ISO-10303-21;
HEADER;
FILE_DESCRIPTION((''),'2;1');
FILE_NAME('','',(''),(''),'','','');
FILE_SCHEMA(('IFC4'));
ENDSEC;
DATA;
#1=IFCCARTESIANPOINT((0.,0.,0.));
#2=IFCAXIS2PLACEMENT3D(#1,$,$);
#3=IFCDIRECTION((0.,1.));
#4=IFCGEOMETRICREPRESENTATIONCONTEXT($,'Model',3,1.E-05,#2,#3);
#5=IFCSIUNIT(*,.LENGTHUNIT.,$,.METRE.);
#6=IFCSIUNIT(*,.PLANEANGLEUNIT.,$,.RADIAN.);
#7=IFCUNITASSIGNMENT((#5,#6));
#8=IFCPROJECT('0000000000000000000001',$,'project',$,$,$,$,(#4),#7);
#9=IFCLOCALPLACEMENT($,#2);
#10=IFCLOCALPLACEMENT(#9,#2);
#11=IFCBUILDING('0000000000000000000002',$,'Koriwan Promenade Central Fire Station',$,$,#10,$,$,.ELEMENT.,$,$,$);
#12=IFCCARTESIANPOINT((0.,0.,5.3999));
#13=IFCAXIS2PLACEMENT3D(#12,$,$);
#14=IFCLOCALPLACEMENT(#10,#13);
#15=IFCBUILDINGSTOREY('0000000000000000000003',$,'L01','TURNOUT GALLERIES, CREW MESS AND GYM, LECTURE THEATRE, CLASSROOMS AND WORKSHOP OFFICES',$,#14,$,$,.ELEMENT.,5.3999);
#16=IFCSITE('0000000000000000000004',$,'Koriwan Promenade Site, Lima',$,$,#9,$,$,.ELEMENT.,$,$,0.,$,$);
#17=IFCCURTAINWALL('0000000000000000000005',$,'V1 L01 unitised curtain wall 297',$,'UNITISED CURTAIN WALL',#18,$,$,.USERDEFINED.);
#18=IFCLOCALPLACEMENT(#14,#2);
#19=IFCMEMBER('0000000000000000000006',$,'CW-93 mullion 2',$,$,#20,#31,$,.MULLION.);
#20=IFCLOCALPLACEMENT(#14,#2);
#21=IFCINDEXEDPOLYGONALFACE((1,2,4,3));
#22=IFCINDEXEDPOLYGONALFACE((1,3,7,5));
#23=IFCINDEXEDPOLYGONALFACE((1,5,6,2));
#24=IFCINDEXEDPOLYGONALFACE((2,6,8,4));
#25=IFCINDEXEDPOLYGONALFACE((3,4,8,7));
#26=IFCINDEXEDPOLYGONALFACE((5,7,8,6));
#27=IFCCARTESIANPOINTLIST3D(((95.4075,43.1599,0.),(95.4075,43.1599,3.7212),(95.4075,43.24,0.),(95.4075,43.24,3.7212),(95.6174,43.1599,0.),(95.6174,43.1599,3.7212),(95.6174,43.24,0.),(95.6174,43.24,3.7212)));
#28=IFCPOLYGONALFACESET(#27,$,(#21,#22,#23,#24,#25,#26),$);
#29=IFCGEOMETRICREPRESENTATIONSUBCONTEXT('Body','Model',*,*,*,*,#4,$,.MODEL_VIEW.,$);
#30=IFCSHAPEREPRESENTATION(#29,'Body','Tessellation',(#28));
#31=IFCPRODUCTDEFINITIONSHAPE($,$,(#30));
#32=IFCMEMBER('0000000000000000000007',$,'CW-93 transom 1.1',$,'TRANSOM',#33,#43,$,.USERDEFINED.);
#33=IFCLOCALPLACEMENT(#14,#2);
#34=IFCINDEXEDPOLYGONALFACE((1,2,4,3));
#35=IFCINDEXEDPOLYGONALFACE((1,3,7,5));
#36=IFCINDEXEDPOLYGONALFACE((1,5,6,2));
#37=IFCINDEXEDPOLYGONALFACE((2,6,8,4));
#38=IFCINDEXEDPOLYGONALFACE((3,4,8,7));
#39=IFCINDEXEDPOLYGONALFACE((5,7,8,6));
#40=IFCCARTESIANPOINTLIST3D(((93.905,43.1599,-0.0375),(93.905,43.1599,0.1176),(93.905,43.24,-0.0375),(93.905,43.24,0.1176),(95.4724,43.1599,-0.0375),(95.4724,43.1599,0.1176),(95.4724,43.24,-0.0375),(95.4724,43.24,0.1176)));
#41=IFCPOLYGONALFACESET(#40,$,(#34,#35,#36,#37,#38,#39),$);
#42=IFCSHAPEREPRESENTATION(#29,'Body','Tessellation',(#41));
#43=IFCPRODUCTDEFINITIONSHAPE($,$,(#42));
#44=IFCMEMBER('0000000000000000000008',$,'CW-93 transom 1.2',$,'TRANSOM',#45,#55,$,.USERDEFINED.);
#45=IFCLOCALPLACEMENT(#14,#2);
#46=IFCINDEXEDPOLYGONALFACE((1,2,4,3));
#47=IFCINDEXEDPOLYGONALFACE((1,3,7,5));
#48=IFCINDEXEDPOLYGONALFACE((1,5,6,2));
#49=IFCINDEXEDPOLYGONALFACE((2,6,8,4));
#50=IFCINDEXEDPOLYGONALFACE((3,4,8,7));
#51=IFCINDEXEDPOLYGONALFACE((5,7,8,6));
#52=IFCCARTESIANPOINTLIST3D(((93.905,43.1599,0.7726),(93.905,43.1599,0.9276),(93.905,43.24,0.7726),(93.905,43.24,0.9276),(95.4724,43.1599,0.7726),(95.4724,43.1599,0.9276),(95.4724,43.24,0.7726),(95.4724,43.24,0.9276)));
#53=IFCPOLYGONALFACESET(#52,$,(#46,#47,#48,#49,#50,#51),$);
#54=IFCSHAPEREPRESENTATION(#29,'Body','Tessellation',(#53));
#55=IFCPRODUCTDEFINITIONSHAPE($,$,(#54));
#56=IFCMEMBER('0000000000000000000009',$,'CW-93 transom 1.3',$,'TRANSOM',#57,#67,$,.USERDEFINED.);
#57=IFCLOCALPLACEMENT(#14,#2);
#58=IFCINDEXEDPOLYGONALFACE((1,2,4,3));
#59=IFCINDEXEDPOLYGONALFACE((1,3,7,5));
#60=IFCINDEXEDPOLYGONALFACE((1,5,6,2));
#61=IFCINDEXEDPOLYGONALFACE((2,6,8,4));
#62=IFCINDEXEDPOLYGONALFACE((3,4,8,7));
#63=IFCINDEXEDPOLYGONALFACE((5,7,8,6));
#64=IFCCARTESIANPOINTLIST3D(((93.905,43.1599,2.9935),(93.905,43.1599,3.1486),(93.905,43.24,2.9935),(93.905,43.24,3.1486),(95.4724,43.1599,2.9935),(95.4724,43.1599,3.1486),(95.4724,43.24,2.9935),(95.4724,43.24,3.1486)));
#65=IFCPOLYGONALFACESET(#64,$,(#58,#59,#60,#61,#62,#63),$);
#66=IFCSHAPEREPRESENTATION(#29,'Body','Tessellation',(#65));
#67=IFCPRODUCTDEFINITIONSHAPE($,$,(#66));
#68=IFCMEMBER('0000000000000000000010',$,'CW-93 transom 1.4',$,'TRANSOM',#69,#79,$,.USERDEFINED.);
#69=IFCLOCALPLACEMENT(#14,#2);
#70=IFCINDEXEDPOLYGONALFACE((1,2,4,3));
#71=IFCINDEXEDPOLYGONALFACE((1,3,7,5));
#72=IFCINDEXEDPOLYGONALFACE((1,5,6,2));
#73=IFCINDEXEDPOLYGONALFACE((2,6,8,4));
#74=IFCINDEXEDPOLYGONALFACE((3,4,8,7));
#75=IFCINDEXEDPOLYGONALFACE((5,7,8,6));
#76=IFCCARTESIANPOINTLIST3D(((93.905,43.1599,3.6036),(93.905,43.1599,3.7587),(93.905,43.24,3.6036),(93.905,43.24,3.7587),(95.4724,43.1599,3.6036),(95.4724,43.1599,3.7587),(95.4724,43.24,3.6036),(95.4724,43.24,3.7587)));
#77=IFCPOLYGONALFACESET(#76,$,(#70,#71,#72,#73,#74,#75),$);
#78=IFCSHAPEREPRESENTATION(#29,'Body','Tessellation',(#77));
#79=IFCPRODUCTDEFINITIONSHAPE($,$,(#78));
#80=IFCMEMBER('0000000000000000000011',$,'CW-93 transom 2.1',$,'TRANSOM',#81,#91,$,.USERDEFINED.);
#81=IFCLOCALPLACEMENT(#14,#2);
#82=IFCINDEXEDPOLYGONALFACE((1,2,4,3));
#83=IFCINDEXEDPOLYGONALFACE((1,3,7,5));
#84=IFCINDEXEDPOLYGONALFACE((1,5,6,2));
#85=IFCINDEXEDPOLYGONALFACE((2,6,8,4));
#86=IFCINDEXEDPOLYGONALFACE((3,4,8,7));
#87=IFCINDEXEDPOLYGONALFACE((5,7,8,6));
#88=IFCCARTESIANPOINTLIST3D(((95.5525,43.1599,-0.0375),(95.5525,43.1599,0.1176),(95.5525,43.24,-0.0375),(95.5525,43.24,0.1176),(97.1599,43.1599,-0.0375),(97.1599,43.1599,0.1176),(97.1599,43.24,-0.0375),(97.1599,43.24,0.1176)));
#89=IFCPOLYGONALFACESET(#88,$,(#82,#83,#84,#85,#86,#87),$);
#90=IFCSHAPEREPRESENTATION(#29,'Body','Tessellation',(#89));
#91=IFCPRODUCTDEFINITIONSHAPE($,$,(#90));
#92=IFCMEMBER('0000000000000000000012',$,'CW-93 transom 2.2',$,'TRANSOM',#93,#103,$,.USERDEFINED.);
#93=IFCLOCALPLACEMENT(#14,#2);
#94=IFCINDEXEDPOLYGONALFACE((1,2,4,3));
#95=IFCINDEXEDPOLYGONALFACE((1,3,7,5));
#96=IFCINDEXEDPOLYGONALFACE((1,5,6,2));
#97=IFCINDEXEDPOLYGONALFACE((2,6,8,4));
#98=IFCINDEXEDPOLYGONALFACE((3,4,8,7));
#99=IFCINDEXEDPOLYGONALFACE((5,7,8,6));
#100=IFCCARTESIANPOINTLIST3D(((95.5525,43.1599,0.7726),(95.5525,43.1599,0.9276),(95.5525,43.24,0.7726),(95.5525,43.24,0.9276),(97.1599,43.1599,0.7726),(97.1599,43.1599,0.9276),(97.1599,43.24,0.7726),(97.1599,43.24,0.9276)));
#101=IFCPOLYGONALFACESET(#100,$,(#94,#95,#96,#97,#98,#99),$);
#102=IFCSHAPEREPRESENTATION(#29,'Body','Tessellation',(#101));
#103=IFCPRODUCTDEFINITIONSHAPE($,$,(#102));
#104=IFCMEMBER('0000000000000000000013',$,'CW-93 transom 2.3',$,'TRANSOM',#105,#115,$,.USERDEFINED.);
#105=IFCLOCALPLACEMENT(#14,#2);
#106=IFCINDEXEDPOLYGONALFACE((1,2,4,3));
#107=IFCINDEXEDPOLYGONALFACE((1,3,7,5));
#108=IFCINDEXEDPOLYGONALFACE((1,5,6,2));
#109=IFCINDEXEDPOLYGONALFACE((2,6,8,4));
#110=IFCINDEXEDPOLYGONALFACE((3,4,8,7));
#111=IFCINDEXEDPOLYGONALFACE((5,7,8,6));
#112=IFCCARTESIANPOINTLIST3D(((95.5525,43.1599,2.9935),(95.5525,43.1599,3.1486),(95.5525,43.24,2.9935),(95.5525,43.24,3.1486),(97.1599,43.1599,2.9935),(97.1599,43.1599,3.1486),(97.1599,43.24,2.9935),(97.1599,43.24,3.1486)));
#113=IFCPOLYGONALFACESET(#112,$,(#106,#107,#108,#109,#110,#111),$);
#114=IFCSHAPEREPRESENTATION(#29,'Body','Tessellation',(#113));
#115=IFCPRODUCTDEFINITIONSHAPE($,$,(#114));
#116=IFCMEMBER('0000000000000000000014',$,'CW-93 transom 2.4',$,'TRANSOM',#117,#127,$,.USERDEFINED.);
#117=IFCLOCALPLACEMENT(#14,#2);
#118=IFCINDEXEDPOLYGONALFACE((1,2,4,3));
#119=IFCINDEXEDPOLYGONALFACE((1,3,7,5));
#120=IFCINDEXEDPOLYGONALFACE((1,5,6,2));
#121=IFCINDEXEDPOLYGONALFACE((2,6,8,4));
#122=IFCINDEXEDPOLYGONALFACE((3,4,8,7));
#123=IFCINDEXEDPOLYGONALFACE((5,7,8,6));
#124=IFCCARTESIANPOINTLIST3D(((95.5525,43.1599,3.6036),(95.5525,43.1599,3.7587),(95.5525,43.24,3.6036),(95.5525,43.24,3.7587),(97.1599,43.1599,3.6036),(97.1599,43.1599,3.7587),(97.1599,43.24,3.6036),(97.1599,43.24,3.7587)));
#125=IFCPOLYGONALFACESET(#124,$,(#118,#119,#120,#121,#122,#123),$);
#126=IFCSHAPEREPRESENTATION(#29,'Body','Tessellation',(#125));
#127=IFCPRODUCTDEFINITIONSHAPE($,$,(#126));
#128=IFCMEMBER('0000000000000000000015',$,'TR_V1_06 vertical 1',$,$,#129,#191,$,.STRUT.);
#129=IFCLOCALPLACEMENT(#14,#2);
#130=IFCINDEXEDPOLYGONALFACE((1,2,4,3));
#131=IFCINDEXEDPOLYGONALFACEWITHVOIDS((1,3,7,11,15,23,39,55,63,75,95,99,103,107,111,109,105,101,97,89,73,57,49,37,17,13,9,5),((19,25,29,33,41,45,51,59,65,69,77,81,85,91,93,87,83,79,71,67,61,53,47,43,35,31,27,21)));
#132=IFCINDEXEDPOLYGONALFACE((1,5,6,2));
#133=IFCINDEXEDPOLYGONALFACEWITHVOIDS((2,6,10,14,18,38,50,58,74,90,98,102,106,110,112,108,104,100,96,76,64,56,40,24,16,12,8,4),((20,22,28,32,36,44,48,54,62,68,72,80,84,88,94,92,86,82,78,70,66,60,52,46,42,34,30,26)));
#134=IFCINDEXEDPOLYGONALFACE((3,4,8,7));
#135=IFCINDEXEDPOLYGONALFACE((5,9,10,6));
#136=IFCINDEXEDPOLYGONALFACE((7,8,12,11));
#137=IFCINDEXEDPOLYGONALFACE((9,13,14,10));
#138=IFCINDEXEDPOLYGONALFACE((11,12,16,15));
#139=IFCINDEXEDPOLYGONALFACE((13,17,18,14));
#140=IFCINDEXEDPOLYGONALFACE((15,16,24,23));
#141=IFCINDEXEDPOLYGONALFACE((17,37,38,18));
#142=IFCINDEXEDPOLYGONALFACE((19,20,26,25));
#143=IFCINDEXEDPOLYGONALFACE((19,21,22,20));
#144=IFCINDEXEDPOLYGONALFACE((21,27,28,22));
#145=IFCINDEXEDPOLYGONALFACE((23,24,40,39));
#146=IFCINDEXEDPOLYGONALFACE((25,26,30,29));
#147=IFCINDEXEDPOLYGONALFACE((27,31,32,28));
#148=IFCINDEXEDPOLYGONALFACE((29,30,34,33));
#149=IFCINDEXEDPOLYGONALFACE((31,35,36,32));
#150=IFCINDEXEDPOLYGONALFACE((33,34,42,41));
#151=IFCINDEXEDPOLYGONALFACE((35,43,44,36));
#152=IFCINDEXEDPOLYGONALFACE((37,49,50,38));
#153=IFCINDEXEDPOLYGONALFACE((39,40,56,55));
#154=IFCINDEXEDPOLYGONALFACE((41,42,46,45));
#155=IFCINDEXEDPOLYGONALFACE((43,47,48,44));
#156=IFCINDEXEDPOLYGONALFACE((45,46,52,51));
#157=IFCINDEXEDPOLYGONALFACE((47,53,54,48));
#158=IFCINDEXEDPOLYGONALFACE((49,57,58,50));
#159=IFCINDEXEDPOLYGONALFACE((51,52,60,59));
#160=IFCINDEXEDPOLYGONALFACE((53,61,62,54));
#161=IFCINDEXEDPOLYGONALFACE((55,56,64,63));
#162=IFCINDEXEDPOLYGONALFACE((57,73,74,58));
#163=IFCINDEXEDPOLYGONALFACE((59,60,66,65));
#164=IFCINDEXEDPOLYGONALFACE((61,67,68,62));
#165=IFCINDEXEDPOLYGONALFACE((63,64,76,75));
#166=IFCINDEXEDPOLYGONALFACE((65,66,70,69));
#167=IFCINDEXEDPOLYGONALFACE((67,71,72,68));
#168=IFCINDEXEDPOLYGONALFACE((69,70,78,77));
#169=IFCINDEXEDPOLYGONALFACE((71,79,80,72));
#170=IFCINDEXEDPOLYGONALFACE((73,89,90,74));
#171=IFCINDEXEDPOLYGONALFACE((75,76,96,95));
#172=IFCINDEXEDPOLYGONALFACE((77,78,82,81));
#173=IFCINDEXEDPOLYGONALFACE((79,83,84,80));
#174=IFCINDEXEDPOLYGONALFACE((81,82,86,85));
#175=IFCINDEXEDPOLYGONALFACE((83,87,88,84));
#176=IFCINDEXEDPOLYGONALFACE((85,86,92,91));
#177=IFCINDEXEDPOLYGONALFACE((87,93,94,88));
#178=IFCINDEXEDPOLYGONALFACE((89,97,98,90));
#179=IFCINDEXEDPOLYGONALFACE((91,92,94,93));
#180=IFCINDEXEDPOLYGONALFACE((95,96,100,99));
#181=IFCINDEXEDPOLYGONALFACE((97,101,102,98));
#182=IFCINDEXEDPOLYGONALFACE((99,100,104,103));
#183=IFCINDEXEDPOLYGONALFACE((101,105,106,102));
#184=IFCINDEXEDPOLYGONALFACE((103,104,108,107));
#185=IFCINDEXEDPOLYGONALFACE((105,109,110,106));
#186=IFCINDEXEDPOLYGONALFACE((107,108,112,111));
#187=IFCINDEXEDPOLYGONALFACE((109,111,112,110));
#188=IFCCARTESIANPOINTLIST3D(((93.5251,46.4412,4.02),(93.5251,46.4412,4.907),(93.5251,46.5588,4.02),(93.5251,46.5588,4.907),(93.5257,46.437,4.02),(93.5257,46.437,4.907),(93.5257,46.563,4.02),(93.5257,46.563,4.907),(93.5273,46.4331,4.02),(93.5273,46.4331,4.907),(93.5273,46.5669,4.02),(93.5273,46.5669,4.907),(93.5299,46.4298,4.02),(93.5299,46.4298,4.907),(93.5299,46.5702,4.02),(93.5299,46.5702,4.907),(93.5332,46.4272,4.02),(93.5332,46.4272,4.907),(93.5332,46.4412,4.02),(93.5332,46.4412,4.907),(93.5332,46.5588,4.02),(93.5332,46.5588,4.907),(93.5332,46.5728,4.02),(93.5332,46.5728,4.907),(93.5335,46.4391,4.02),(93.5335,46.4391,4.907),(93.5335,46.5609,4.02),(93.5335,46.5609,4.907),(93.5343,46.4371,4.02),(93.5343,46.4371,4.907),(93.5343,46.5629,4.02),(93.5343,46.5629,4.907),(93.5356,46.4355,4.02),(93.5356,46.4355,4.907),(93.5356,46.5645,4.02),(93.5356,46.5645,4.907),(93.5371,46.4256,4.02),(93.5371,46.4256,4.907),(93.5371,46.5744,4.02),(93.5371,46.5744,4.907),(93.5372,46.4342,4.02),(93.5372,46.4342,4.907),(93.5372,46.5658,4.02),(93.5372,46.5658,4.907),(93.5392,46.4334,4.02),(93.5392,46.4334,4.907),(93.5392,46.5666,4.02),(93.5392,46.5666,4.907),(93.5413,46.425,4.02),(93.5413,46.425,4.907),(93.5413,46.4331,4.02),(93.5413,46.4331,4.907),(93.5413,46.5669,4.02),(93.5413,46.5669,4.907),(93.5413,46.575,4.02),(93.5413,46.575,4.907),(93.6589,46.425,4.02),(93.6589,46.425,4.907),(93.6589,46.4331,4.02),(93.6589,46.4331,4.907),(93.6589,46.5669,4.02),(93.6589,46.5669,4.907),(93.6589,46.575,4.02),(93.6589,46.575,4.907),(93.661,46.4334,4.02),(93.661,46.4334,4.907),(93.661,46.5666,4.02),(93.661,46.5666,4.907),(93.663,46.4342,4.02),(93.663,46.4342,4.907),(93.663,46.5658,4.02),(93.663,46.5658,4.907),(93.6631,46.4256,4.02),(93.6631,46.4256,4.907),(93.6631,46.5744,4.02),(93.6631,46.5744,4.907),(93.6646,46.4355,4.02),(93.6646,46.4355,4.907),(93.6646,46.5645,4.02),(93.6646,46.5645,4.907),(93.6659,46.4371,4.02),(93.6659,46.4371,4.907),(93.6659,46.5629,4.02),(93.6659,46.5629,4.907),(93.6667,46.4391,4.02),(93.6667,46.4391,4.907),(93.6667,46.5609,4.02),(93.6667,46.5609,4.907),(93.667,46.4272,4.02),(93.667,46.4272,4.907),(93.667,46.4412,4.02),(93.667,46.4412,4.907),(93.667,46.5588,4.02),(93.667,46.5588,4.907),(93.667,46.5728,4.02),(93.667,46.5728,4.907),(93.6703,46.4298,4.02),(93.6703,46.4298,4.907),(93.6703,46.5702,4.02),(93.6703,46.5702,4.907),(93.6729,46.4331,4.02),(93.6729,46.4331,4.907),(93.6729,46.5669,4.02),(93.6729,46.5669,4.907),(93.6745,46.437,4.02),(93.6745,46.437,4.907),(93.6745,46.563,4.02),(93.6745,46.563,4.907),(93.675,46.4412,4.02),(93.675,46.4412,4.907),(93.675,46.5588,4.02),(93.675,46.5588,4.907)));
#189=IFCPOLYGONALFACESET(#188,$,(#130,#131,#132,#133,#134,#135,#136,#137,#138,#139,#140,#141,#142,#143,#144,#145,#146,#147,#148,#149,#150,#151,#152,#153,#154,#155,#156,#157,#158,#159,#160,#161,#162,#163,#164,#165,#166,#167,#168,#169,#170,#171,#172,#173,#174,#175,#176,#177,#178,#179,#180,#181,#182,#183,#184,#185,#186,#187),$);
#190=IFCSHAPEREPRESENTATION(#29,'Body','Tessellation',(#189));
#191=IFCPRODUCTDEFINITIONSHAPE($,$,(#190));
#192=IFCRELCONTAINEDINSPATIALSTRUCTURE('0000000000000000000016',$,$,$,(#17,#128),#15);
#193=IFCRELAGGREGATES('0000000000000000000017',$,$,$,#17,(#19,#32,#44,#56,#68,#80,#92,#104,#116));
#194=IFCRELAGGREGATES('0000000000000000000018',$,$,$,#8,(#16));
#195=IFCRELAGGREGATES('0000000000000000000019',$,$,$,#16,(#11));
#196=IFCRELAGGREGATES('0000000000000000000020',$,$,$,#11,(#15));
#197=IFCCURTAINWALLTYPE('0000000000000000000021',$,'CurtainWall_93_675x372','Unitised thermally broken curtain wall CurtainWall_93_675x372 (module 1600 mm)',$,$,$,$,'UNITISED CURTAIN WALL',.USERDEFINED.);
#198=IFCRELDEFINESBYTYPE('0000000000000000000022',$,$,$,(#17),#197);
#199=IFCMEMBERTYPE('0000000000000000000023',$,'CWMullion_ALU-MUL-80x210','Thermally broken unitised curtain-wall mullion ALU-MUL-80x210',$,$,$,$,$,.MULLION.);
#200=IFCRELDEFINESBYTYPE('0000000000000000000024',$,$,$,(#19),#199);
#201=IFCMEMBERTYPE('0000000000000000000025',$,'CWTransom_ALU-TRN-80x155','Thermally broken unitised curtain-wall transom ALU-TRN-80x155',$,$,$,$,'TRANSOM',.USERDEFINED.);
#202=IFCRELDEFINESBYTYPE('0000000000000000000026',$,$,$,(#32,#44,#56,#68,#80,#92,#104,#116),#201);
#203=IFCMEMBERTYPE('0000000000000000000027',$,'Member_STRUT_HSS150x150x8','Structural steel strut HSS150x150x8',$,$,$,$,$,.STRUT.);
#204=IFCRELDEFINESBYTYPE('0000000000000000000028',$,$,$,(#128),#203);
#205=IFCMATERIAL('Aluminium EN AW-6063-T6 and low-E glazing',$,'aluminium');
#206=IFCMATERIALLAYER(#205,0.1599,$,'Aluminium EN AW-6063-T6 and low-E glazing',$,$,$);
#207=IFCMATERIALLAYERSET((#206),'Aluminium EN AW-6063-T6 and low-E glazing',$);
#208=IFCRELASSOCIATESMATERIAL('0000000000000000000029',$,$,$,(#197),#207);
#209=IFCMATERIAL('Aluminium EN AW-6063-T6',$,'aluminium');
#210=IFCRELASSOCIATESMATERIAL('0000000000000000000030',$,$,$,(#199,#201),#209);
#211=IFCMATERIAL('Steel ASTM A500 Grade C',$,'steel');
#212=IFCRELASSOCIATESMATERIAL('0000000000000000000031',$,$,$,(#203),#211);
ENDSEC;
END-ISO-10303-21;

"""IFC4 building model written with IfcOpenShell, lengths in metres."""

from ifc_helpers import new_model, si_unit, direction, frame, origin, origin_2d, place, context, subcontext, project, spatial, rectangle, hollow_rectangle, extrude, material, layer, layer_set, material_profile, profile_set, type_object, element, aggregate, save


model = new_model("IFC4")

# Units and contexts
model_context = context("Model", 3, precision=1e-05, world=origin(), true_north=direction((0.0, 1.0)))
body_context = subcontext(model_context, "Body", "Model", "MODEL_VIEW")
ifc_project = project(units=[si_unit("LENGTHUNIT", "METRE"), si_unit("PLANEANGLEUNIT", "RADIAN")], contexts=[model_context])

# Site, building, storey
site_placement = place(None, origin())
site = spatial("IfcSite", under=ifc_project, at=site_placement, Name="Koriwan Promenade Site, Lima", CompositionType="ELEMENT", RefElevation=0.0)
building_placement = place(site_placement, origin())
building = spatial("IfcBuilding", under=site, at=building_placement, Name="Koriwan Promenade Central Fire Station", CompositionType="ELEMENT")
storey_placement = place(building_placement, frame((0.0, 0.0, 5.3999)))
storey = spatial("IfcBuildingStorey", under=building, at=storey_placement, Name="L01", Description="TURNOUT GALLERIES, CREW MESS AND GYM, LECTURE THEATRE, CLASSROOMS AND WORKSHOP OFFICES", CompositionType="ELEMENT", Elevation=5.3999)

# Curtain wall, members
ifc_material_1 = material(Name="Aluminium EN AW-6063-T6 and low-E glazing", Category="aluminium")
ifc_layer_1 = layer(ifc_material_1, 0.1599, Name="Aluminium EN AW-6063-T6 and low-E glazing")
ifc_layer_set_1 = layer_set([ifc_layer_1], Name="Aluminium EN AW-6063-T6 and low-E glazing")
curtain_wall_type = type_object("IfcCurtainWallType", Name="CurtainWall_93_675x372", Description="Unitised thermally broken curtain wall CurtainWall_93_675x372 (module 1600 mm)", ElementType="UNITISED CURTAIN WALL", PredefinedType="USERDEFINED", material=ifc_layer_set_1)
curtain_wall_placement = place(storey_placement, origin())
curtain_wall = element("IfcCurtainWall", 1, at=curtain_wall_placement, inside=storey, type_object=curtain_wall_type, Name="V1 L01 unitised curtain wall 297", ObjectType="UNITISED CURTAIN WALL", PredefinedType="USERDEFINED")
ifc_material_2 = material(Name="Aluminium EN AW-6063-T6", Category="aluminium")
ifc_material_profile_1 = material_profile(ifc_material_2, rectangle(XDim=0.0801, YDim=0.21, at=origin_2d()), Name="ALU-MUL-80x210")
ifc_profile_set_1 = profile_set([ifc_material_profile_1], Name="Aluminium EN AW-6063-T6")
member_type_1 = type_object("IfcMemberType", Name="CWMullion_ALU-MUL-80x210", Description="Thermally broken unitised curtain-wall mullion ALU-MUL-80x210", PredefinedType="MULLION", material=ifc_profile_set_1)
member_1_placement = place(storey_placement, frame((95.5125, 43.2, 0.0), z_axis=(0.0, 0.0, 1.0), x_axis=(0.0, 1.0, 0.0)))
member_1 = element("IfcMember", 2, at=member_1_placement, type_object=member_type_1, Name="CW-93 mullion 2", PredefinedType="MULLION", context=body_context, shape_type="SweptSolid", body=[
    extrude(rectangle(XDim=0.0801, YDim=0.21, at=origin_2d()), origin(), (0.0, 0.0, 1.0), 3.7212),
])
ifc_material_profile_2 = material_profile(ifc_material_2, rectangle(XDim=0.0801, YDim=0.155, at=origin_2d()), Name="ALU-TRN-80x155")
ifc_profile_set_2 = profile_set([ifc_material_profile_2], Name="Aluminium EN AW-6063-T6")
member_type_2 = type_object("IfcMemberType", Name="CWTransom_ALU-TRN-80x155", Description="Thermally broken unitised curtain-wall transom ALU-TRN-80x155", ElementType="TRANSOM", PredefinedType="USERDEFINED", material=ifc_profile_set_2)
member_2_placement = place(storey_placement, frame((93.905, 43.2, 0.04), z_axis=(1.0, 0.0, 0.0), x_axis=(0.0, 1.0, 0.0)))
member_2 = element("IfcMember", 3, at=member_2_placement, type_object=member_type_2, Name="CW-93 transom 1.1", ObjectType="TRANSOM", PredefinedType="USERDEFINED", context=body_context, shape_type="SweptSolid", body=[
    extrude(rectangle(XDim=0.0801, YDim=0.155, at=origin_2d()), origin(), (0.0, 0.0, 1.0), 1.5674),
])
member_3_placement = place(storey_placement, frame((93.905, 43.2, 0.8501), z_axis=(1.0, 0.0, 0.0), x_axis=(0.0, 1.0, 0.0)))
member_3 = element("IfcMember", 4, at=member_3_placement, type_object=member_type_2, Name="CW-93 transom 1.2", ObjectType="TRANSOM", PredefinedType="USERDEFINED", context=body_context, shape_type="SweptSolid", body=[
    extrude(rectangle(XDim=0.0801, YDim=0.155, at=origin_2d()), origin(), (0.0, 0.0, 1.0), 1.5674),
])
member_4_placement = place(storey_placement, frame((93.905, 43.2, 3.071), z_axis=(1.0, 0.0, 0.0), x_axis=(0.0, 1.0, 0.0)))
member_4 = element("IfcMember", 5, at=member_4_placement, type_object=member_type_2, Name="CW-93 transom 1.3", ObjectType="TRANSOM", PredefinedType="USERDEFINED", context=body_context, shape_type="SweptSolid", body=[
    extrude(rectangle(XDim=0.0801, YDim=0.155, at=origin_2d()), origin(), (0.0, 0.0, 1.0), 1.5674),
])
member_5_placement = place(storey_placement, frame((93.905, 43.2, 3.6812), z_axis=(1.0, 0.0, 0.0), x_axis=(0.0, 1.0, 0.0)))
member_5 = element("IfcMember", 6, at=member_5_placement, type_object=member_type_2, Name="CW-93 transom 1.4", ObjectType="TRANSOM", PredefinedType="USERDEFINED", context=body_context, shape_type="SweptSolid", body=[
    extrude(rectangle(XDim=0.0801, YDim=0.155, at=origin_2d()), origin(), (0.0, 0.0, 1.0), 1.5674),
])
member_6_placement = place(storey_placement, frame((95.5525, 43.2, 0.04), z_axis=(1.0, 0.0, 0.0), x_axis=(0.0, 1.0, 0.0)))
member_6 = element("IfcMember", 7, at=member_6_placement, type_object=member_type_2, Name="CW-93 transom 2.1", ObjectType="TRANSOM", PredefinedType="USERDEFINED", context=body_context, shape_type="SweptSolid", body=[
    extrude(rectangle(XDim=0.0801, YDim=0.155, at=origin_2d()), origin(), (0.0, 0.0, 1.0), 1.6074),
])
member_7_placement = place(storey_placement, frame((95.5525, 43.2, 0.8501), z_axis=(1.0, 0.0, 0.0), x_axis=(0.0, 1.0, 0.0)))
member_7 = element("IfcMember", 8, at=member_7_placement, type_object=member_type_2, Name="CW-93 transom 2.2", ObjectType="TRANSOM", PredefinedType="USERDEFINED", context=body_context, shape_type="SweptSolid", body=[
    extrude(rectangle(XDim=0.0801, YDim=0.155, at=origin_2d()), origin(), (0.0, 0.0, 1.0), 1.6074),
])
member_8_placement = place(storey_placement, frame((95.5525, 43.2, 3.071), z_axis=(1.0, 0.0, 0.0), x_axis=(0.0, 1.0, 0.0)))
member_8 = element("IfcMember", 9, at=member_8_placement, type_object=member_type_2, Name="CW-93 transom 2.3", ObjectType="TRANSOM", PredefinedType="USERDEFINED", context=body_context, shape_type="SweptSolid", body=[
    extrude(rectangle(XDim=0.0801, YDim=0.155, at=origin_2d()), origin(), (0.0, 0.0, 1.0), 1.6074),
])
member_9_placement = place(storey_placement, frame((95.5525, 43.2, 3.6812), z_axis=(1.0, 0.0, 0.0), x_axis=(0.0, 1.0, 0.0)))
member_9 = element("IfcMember", 10, at=member_9_placement, type_object=member_type_2, Name="CW-93 transom 2.4", ObjectType="TRANSOM", PredefinedType="USERDEFINED", context=body_context, shape_type="SweptSolid", body=[
    extrude(rectangle(XDim=0.0801, YDim=0.155, at=origin_2d()), origin(), (0.0, 0.0, 1.0), 1.6074),
])

# Member
ifc_material_3 = material(Name="Steel ASTM A500 Grade C", Category="steel")
ifc_material_profile_3 = material_profile(ifc_material_3, hollow_rectangle(XDim=0.1499, YDim=0.1499, WallThickness=0.0081, InnerFilletRadius=0.0081, OuterFilletRadius=0.0161, at=origin_2d()), Name="HSS150x150x8")
ifc_profile_set_3 = profile_set([ifc_material_profile_3], Name="Steel ASTM A500 Grade C")
member_type_3 = type_object("IfcMemberType", Name="Member_STRUT_HSS150x150x8", Description="Structural steel strut HSS150x150x8", PredefinedType="STRUT", material=ifc_profile_set_3)
member_10_placement = place(storey_placement, frame((93.6001, 46.5, 4.02), z_axis=(0.0, 0.0, 1.0), x_axis=(1.0, 0.0, 0.0)))
element("IfcMember", 11, at=member_10_placement, inside=storey, type_object=member_type_3, Name="TR_V1_06 vertical 1", PredefinedType="STRUT", context=body_context, shape_type="SweptSolid", body=[
    extrude(hollow_rectangle(XDim=0.1499, YDim=0.1499, WallThickness=0.0081, InnerFilletRadius=0.0081, OuterFilletRadius=0.0161, at=origin_2d()), origin(), (0.0, 0.0, 1.0), 0.887),
])

aggregate(curtain_wall, [member_1, member_2, member_3, member_4, member_5, member_6, member_7, member_8, member_9])

save(model, "model.ifc")
